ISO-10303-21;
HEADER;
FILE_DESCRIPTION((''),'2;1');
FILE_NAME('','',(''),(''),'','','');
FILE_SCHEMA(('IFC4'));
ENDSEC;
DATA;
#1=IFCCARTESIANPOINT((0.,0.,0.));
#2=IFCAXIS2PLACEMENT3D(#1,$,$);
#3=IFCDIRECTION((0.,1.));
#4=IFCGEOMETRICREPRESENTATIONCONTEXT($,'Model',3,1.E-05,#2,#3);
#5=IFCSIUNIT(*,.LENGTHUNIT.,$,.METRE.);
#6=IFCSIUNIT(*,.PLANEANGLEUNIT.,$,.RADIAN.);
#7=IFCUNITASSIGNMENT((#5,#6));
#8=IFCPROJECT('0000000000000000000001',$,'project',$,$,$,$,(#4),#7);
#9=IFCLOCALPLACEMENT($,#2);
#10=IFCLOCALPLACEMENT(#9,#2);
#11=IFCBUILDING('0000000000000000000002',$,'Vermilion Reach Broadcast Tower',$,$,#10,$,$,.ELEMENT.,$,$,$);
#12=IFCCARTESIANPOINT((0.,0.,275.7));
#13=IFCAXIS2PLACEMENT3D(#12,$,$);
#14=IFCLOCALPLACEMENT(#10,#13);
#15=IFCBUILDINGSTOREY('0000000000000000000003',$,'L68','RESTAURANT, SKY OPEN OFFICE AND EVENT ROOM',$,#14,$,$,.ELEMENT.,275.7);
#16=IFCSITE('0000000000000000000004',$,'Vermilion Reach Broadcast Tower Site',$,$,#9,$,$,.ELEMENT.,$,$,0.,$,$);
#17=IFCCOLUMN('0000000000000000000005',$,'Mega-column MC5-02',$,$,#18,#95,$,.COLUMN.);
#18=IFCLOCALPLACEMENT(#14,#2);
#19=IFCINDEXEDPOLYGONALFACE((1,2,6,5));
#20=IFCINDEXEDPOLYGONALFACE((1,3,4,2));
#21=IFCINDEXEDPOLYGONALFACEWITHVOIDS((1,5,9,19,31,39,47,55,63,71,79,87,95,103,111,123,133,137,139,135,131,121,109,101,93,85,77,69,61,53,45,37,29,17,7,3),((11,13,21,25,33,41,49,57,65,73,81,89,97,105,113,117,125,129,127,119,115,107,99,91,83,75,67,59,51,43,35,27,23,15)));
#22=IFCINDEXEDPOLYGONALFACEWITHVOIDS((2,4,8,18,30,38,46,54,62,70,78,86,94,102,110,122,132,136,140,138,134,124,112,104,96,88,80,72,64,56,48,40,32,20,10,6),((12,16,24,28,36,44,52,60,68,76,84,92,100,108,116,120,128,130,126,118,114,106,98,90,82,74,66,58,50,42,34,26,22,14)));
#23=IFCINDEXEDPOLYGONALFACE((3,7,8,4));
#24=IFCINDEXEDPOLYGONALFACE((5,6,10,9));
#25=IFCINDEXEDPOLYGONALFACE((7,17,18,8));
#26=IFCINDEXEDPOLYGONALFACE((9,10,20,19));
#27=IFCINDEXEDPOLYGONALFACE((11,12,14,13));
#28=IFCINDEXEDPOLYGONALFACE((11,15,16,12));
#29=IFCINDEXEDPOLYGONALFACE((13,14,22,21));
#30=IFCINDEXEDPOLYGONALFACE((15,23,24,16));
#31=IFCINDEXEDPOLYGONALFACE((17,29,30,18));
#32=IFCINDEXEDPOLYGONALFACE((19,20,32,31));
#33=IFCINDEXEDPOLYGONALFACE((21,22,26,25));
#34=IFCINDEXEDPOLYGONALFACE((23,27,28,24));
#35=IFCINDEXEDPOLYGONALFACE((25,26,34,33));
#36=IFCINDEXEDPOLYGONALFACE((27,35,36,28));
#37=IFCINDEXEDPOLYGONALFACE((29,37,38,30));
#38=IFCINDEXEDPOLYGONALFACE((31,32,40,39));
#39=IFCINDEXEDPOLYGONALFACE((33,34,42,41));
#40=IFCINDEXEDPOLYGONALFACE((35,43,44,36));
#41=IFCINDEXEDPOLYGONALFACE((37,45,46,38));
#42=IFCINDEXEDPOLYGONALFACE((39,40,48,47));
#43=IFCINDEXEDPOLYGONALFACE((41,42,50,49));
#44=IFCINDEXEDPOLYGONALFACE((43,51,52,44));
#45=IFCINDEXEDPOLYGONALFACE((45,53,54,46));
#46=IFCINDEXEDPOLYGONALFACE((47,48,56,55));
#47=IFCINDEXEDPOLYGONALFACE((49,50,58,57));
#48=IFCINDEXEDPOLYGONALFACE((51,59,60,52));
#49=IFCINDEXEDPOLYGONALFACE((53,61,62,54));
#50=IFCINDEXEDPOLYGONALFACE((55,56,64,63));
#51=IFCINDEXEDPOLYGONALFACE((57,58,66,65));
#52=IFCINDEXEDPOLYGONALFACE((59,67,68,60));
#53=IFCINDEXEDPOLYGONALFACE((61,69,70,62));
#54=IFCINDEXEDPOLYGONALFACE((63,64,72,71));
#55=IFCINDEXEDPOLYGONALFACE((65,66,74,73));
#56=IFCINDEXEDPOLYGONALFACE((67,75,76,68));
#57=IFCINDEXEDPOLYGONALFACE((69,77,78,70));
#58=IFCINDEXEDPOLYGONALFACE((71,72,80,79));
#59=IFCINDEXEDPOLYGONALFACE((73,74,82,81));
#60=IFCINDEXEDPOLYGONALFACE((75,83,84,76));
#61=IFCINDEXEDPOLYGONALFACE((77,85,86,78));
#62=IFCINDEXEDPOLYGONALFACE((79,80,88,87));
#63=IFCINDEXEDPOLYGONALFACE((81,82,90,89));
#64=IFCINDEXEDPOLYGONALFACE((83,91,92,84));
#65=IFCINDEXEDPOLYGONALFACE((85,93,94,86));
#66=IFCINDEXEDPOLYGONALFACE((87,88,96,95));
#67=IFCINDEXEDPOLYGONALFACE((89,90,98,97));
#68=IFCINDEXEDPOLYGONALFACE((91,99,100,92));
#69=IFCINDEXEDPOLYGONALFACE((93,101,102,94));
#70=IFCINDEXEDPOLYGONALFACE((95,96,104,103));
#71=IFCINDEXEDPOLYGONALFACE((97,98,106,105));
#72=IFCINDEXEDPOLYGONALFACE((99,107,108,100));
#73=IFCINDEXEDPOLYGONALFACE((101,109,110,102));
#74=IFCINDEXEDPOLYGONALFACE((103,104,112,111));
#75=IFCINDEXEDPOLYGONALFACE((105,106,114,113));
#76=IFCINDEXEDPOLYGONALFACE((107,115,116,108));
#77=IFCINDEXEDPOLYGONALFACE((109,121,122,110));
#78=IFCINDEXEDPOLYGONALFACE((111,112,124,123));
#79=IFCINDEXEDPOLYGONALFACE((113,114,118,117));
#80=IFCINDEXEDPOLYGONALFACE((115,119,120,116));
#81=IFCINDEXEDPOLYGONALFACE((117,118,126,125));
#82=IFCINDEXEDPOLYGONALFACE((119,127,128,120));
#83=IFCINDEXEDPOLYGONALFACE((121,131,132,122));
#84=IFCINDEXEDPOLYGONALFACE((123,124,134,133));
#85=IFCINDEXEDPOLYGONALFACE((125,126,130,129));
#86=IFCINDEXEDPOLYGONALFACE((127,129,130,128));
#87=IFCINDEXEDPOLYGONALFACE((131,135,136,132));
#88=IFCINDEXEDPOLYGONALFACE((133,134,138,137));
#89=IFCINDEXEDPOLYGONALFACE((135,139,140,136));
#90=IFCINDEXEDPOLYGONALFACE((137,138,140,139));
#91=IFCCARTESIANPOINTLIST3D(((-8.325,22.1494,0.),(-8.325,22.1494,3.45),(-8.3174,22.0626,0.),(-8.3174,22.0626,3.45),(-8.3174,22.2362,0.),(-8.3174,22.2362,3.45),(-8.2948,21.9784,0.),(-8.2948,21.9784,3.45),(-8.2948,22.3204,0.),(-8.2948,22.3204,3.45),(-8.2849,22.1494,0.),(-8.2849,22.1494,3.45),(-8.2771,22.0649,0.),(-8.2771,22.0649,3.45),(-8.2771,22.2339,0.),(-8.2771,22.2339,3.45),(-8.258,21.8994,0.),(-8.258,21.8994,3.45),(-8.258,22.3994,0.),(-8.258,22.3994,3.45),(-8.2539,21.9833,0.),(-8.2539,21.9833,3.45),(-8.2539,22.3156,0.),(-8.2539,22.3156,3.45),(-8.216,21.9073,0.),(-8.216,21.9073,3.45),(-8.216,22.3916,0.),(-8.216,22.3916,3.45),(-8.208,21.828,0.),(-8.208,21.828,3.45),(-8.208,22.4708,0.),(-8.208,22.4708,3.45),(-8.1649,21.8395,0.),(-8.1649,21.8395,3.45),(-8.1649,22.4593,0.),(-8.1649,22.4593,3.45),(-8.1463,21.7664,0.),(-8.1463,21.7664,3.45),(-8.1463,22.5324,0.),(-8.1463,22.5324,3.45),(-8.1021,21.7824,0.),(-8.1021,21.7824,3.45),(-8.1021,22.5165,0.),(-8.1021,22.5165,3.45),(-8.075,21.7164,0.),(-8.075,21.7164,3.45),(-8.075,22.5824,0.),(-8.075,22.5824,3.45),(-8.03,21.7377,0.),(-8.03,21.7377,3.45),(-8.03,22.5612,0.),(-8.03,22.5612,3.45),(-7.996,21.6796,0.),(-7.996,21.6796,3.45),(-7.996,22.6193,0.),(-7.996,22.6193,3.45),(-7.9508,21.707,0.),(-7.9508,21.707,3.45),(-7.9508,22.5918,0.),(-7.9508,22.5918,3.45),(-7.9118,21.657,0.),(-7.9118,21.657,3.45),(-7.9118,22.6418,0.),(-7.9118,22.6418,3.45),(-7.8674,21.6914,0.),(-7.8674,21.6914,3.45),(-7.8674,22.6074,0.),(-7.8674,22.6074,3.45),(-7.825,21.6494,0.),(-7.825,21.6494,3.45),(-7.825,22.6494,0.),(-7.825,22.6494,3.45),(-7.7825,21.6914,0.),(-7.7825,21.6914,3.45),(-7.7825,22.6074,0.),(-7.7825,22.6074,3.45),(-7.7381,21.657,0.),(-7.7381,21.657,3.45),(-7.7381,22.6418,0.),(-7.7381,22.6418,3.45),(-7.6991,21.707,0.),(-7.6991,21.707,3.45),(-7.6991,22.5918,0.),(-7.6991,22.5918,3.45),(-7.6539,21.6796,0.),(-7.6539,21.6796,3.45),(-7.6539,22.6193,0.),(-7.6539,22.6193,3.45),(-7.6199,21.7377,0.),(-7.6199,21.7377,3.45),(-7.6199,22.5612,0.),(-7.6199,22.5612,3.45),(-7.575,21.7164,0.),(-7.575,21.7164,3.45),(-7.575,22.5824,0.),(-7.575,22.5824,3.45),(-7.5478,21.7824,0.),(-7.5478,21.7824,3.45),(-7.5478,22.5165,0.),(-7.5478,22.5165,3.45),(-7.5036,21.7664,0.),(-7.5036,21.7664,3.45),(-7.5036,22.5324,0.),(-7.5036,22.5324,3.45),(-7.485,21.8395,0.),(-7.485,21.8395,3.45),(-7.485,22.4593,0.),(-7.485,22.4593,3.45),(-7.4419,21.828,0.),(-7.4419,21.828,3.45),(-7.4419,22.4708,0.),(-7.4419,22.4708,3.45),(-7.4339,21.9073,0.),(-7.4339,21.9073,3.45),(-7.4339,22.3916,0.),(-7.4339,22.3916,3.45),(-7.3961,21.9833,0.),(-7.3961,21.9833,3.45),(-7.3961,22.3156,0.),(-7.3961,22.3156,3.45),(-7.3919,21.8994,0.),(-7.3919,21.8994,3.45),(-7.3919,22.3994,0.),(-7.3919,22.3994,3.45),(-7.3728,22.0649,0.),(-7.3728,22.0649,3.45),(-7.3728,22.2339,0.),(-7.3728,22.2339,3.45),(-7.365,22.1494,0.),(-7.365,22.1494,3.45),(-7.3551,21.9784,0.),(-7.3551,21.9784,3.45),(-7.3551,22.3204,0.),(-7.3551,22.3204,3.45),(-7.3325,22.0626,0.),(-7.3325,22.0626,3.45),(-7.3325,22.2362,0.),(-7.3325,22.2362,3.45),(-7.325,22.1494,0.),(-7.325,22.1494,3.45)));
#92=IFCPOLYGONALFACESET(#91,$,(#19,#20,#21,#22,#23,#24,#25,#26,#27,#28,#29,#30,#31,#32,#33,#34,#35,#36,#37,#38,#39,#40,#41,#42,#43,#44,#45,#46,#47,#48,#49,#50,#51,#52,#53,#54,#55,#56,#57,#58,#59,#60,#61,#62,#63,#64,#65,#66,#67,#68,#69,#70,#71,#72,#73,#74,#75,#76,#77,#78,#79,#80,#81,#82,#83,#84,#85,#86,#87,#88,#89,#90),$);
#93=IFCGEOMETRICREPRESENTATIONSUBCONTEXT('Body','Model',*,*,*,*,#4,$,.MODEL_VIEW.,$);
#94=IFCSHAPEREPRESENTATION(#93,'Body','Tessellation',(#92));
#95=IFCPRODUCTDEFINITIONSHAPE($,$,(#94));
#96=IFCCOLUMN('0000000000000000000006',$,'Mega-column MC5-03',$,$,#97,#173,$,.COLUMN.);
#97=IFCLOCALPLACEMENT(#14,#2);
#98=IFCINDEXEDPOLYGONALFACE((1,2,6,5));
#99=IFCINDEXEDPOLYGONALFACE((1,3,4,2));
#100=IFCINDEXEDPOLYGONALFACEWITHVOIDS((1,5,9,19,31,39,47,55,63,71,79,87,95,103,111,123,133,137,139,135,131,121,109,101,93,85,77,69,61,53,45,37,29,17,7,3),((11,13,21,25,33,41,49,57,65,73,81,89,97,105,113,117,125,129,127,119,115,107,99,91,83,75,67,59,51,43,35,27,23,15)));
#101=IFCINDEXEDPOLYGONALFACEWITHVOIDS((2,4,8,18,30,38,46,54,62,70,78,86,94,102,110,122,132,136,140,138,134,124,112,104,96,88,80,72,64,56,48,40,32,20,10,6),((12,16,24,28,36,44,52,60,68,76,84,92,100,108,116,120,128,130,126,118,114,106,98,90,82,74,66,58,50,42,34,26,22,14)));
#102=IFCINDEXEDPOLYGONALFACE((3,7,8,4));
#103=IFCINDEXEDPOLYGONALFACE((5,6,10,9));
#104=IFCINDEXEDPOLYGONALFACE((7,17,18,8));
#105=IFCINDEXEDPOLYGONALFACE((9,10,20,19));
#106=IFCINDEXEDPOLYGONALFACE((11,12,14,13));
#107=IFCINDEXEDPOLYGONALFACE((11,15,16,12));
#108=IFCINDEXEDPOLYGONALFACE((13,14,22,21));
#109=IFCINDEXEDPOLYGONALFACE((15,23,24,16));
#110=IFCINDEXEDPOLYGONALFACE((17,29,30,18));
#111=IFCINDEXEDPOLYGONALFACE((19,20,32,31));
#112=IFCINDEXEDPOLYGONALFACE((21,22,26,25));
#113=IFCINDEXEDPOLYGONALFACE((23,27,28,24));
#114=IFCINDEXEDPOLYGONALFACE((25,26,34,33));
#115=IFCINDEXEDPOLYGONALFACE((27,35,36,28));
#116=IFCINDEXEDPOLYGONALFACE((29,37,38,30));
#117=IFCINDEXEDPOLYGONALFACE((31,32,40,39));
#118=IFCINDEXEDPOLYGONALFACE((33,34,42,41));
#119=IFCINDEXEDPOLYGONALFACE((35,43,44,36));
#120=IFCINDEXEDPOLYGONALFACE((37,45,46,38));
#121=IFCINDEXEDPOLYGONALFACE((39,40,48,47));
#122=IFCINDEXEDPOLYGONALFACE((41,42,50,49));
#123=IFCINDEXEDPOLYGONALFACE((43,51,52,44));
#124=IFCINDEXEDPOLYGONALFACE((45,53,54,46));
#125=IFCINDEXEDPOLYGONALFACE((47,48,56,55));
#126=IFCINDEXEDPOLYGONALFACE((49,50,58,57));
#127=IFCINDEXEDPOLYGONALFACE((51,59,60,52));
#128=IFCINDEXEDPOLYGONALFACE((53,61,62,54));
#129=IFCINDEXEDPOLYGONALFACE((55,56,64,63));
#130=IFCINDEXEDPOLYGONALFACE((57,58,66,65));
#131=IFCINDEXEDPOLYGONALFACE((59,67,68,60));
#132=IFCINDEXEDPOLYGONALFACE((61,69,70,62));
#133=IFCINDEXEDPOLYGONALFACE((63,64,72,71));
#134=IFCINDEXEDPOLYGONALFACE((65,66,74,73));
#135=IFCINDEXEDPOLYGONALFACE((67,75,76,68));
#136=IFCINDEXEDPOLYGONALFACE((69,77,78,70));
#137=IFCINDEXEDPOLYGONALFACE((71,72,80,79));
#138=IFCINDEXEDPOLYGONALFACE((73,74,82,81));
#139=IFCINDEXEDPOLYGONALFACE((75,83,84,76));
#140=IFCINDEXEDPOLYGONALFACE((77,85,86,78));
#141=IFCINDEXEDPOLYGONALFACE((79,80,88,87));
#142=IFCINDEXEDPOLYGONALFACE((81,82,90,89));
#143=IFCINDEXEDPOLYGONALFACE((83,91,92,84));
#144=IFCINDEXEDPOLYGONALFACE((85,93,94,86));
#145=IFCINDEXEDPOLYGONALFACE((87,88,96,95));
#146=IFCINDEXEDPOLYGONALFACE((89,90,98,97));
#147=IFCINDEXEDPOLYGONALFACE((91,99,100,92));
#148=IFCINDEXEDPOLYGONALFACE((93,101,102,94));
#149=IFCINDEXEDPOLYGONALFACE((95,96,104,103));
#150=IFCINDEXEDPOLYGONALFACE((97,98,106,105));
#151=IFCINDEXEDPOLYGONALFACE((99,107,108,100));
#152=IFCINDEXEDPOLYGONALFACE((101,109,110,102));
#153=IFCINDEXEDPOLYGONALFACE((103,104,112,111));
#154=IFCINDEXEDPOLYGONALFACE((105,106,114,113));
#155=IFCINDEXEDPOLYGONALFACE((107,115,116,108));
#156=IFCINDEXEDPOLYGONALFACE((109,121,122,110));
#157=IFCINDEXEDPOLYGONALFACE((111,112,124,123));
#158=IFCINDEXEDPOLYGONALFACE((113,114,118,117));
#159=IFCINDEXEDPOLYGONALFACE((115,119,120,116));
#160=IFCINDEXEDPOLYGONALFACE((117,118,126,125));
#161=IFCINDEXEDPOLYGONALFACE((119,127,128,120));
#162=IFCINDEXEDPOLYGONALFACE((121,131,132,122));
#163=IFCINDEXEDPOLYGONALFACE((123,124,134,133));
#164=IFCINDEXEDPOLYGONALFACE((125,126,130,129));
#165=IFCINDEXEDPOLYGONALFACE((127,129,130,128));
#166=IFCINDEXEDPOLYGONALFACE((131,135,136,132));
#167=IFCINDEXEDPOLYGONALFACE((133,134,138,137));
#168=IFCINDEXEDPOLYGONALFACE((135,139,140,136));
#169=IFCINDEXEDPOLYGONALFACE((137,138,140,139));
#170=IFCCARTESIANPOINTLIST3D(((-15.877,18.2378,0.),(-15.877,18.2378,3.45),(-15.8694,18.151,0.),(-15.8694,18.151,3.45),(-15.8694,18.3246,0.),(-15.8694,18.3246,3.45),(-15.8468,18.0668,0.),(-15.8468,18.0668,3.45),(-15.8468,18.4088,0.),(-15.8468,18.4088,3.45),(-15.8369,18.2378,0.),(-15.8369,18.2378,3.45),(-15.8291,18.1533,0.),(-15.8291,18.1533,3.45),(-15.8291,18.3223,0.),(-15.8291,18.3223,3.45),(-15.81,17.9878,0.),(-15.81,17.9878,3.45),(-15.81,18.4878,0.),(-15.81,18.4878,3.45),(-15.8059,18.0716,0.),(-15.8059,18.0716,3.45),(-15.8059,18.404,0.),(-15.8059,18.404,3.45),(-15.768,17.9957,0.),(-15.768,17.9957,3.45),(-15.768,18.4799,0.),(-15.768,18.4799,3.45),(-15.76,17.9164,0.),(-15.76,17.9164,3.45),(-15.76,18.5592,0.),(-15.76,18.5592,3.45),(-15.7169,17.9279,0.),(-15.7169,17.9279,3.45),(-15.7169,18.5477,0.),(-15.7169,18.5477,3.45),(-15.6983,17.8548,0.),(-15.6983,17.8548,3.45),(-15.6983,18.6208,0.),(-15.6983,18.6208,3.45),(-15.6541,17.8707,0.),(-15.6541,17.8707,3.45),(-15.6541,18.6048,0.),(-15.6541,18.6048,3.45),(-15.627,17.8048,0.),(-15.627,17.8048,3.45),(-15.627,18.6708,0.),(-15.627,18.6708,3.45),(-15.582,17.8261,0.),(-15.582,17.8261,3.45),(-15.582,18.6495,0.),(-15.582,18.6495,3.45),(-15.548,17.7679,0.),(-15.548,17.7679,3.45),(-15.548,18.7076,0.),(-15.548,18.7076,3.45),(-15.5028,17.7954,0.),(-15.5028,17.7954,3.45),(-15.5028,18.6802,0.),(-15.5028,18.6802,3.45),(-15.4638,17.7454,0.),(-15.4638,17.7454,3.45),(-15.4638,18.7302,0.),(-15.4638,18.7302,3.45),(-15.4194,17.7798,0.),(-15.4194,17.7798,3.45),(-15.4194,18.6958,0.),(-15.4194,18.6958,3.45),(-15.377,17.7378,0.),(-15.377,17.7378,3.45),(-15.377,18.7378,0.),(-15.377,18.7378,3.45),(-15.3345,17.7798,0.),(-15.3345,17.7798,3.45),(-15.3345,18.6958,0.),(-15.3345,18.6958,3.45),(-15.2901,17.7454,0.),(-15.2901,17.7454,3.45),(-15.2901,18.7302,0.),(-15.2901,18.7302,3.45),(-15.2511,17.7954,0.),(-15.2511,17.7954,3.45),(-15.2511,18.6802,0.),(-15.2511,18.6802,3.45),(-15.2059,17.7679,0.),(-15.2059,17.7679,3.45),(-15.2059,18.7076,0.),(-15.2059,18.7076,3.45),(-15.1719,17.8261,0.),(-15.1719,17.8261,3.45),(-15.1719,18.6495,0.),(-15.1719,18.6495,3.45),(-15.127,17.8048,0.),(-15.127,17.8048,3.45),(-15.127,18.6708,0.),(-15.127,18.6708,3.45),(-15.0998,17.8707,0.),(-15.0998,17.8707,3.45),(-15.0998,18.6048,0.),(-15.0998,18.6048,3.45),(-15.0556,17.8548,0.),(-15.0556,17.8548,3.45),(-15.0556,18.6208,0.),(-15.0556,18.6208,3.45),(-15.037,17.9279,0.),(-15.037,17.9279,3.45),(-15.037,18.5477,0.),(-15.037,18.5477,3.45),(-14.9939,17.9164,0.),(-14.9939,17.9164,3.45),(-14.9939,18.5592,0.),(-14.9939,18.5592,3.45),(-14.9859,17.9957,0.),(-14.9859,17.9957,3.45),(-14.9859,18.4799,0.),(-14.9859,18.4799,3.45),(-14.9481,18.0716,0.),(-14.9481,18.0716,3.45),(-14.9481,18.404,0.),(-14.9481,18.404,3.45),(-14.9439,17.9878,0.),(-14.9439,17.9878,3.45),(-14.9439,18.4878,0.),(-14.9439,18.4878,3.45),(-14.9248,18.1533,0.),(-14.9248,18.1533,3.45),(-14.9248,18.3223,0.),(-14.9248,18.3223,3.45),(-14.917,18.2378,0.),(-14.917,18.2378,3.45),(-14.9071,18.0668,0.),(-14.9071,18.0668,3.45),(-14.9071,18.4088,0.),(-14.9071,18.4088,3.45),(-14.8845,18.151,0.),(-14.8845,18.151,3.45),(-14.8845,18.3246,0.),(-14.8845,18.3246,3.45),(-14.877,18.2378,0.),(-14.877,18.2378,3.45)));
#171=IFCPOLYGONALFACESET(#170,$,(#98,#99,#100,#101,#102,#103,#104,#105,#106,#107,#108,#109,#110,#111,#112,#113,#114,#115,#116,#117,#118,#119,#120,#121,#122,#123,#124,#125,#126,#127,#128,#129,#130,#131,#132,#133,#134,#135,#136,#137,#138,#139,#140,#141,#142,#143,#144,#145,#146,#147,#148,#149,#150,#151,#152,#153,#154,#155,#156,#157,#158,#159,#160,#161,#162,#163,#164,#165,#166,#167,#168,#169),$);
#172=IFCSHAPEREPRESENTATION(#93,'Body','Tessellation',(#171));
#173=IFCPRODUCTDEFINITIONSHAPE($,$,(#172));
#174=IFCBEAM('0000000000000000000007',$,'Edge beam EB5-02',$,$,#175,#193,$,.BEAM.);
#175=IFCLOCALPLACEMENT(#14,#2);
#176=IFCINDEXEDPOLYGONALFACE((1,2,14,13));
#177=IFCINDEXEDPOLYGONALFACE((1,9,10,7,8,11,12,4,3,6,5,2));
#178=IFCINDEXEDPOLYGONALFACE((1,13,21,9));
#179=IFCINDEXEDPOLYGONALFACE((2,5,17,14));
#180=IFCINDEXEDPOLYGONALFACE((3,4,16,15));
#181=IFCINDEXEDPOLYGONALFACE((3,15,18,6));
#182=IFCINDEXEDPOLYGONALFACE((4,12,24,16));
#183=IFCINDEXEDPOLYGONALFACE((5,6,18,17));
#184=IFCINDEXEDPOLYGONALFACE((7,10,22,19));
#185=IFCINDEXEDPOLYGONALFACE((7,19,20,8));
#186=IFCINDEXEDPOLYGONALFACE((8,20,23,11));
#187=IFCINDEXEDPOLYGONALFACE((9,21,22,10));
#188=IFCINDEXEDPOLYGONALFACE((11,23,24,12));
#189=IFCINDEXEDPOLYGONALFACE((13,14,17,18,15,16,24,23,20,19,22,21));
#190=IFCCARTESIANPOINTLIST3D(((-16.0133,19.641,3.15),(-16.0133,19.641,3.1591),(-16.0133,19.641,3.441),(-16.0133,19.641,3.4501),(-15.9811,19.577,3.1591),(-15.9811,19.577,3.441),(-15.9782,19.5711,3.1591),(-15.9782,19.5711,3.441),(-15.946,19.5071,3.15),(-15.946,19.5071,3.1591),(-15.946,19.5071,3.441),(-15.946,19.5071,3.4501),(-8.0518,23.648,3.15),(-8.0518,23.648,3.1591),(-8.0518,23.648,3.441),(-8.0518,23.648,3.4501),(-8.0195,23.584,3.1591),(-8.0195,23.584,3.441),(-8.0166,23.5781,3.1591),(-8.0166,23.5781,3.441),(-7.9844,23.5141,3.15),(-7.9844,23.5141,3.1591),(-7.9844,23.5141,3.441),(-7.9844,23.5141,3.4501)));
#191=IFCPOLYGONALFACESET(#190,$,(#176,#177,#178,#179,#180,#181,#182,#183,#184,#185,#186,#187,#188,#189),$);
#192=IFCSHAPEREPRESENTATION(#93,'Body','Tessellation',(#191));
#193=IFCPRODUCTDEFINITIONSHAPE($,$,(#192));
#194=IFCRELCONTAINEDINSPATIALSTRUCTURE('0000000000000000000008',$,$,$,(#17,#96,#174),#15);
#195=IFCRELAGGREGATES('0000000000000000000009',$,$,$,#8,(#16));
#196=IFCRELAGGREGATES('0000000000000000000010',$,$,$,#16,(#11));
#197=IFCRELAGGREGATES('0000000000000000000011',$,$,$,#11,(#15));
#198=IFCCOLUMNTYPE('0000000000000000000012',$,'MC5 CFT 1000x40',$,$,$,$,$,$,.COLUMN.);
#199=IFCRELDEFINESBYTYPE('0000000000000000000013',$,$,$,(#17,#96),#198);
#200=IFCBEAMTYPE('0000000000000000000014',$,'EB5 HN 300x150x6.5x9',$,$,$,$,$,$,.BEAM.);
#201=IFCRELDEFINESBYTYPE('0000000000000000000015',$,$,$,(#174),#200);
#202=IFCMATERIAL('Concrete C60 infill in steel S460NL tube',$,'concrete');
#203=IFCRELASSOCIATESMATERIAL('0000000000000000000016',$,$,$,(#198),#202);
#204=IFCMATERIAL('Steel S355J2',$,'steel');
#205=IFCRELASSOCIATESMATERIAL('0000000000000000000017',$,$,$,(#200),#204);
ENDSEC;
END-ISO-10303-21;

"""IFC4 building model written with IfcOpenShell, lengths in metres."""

from ifc_helpers import new_model, si_unit, direction, frame, origin, origin_2d, place, context, subcontext, project, spatial, hollow_circle, i_section, extrude, material, material_profile, profile_set, type_object, element, save


model = new_model("IFC4")

# Units and contexts
model_context = context("Model", 3, precision=1e-05, world=origin(), true_north=direction((0.0, 1.0)))
body_context = subcontext(model_context, "Body", "Model", "MODEL_VIEW")
ifc_project = project(units=[si_unit("LENGTHUNIT", "METRE"), si_unit("PLANEANGLEUNIT", "RADIAN")], contexts=[model_context])

# Site, building, storey
site_placement = place(None, origin())
site = spatial("IfcSite", under=ifc_project, at=site_placement, Name="Vermilion Reach Broadcast Tower Site", CompositionType="ELEMENT", RefElevation=0.0)
building_placement = place(site_placement, origin())
building = spatial("IfcBuilding", under=site, at=building_placement, Name="Vermilion Reach Broadcast Tower", CompositionType="ELEMENT")
storey_placement = place(building_placement, frame((0.0, 0.0, 275.7)))
storey = spatial("IfcBuildingStorey", under=building, at=storey_placement, Name="L68", Description="RESTAURANT, SKY OPEN OFFICE AND EVENT ROOM", CompositionType="ELEMENT", Elevation=275.7)

# Columns
ifc_material_1 = material(Name="Concrete C60 infill in steel S460NL tube", Category="concrete")
ifc_material_profile_1 = material_profile(ifc_material_1, hollow_circle(Radius=0.5, WallThickness=0.04, at=origin_2d()), Name="Concrete C60 infill in steel S460NL tube CFT 1000x40")
ifc_profile_set_1 = profile_set([ifc_material_profile_1], Name="Concrete C60 infill in steel S460NL tube")
column_type = type_object("IfcColumnType", Name="MC5 CFT 1000x40", PredefinedType="COLUMN", material=ifc_profile_set_1)
for number, where, z_axis, x_axis, name in (
    (1, (-7.825, 22.1494, 0.0), (0.0, 0.0, 1.0), (1.0, 0.0, 0.0), "Mega-column MC5-02"),
    (2, (-15.377, 18.2378, 0.0), (0.0, 0.0, 1.0), (1.0, 0.0, 0.0), "Mega-column MC5-03"),
):
    element("IfcColumn", number, at=place(storey_placement, frame(where, z_axis=z_axis, x_axis=x_axis)), inside=storey, type_object=column_type, Name=name, PredefinedType="COLUMN", context=body_context, shape_type="SweptSolid", body=[
        extrude(hollow_circle(Radius=0.5, WallThickness=0.04, at=origin_2d()), origin(), (0.0, 0.0, 1.0), 3.45),
    ])

# Beam
ifc_material_2 = material(Name="Steel S355J2", Category="steel")
ifc_material_profile_2 = material_profile(ifc_material_2, i_section(OverallWidth=0.1499, OverallDepth=0.3, WebThickness=0.0066, FlangeThickness=0.009, at=origin_2d()), Name="S355J2 HN 300x150x6.5x9")
ifc_profile_set_2 = profile_set([ifc_material_profile_2], Name="Steel S355J2")
beam_type_1 = type_object("IfcBeamType", Name="EB5 HN 300x150x6.5x9", PredefinedType="BEAM", material=ifc_profile_set_2)
beam_1_placement = place(storey_placement, frame((-8.0181, 23.5811, 3.3), z_axis=(-0.893246, -0.449568, 0.0), x_axis=(0.449568, -0.893246, 0.0)))
element("IfcBeam", 3, at=beam_1_placement, inside=storey, type_object=beam_type_1, Name="Edge beam EB5-02", PredefinedType="BEAM", context=body_context, shape_type="SweptSolid", body=[
    extrude(i_section(OverallWidth=0.1499, OverallDepth=0.3, WebThickness=0.0066, FlangeThickness=0.009, at=origin_2d()), origin(), (0.0, 0.0, 1.0), 8.9131),
])

save(model, "model.ifc")
